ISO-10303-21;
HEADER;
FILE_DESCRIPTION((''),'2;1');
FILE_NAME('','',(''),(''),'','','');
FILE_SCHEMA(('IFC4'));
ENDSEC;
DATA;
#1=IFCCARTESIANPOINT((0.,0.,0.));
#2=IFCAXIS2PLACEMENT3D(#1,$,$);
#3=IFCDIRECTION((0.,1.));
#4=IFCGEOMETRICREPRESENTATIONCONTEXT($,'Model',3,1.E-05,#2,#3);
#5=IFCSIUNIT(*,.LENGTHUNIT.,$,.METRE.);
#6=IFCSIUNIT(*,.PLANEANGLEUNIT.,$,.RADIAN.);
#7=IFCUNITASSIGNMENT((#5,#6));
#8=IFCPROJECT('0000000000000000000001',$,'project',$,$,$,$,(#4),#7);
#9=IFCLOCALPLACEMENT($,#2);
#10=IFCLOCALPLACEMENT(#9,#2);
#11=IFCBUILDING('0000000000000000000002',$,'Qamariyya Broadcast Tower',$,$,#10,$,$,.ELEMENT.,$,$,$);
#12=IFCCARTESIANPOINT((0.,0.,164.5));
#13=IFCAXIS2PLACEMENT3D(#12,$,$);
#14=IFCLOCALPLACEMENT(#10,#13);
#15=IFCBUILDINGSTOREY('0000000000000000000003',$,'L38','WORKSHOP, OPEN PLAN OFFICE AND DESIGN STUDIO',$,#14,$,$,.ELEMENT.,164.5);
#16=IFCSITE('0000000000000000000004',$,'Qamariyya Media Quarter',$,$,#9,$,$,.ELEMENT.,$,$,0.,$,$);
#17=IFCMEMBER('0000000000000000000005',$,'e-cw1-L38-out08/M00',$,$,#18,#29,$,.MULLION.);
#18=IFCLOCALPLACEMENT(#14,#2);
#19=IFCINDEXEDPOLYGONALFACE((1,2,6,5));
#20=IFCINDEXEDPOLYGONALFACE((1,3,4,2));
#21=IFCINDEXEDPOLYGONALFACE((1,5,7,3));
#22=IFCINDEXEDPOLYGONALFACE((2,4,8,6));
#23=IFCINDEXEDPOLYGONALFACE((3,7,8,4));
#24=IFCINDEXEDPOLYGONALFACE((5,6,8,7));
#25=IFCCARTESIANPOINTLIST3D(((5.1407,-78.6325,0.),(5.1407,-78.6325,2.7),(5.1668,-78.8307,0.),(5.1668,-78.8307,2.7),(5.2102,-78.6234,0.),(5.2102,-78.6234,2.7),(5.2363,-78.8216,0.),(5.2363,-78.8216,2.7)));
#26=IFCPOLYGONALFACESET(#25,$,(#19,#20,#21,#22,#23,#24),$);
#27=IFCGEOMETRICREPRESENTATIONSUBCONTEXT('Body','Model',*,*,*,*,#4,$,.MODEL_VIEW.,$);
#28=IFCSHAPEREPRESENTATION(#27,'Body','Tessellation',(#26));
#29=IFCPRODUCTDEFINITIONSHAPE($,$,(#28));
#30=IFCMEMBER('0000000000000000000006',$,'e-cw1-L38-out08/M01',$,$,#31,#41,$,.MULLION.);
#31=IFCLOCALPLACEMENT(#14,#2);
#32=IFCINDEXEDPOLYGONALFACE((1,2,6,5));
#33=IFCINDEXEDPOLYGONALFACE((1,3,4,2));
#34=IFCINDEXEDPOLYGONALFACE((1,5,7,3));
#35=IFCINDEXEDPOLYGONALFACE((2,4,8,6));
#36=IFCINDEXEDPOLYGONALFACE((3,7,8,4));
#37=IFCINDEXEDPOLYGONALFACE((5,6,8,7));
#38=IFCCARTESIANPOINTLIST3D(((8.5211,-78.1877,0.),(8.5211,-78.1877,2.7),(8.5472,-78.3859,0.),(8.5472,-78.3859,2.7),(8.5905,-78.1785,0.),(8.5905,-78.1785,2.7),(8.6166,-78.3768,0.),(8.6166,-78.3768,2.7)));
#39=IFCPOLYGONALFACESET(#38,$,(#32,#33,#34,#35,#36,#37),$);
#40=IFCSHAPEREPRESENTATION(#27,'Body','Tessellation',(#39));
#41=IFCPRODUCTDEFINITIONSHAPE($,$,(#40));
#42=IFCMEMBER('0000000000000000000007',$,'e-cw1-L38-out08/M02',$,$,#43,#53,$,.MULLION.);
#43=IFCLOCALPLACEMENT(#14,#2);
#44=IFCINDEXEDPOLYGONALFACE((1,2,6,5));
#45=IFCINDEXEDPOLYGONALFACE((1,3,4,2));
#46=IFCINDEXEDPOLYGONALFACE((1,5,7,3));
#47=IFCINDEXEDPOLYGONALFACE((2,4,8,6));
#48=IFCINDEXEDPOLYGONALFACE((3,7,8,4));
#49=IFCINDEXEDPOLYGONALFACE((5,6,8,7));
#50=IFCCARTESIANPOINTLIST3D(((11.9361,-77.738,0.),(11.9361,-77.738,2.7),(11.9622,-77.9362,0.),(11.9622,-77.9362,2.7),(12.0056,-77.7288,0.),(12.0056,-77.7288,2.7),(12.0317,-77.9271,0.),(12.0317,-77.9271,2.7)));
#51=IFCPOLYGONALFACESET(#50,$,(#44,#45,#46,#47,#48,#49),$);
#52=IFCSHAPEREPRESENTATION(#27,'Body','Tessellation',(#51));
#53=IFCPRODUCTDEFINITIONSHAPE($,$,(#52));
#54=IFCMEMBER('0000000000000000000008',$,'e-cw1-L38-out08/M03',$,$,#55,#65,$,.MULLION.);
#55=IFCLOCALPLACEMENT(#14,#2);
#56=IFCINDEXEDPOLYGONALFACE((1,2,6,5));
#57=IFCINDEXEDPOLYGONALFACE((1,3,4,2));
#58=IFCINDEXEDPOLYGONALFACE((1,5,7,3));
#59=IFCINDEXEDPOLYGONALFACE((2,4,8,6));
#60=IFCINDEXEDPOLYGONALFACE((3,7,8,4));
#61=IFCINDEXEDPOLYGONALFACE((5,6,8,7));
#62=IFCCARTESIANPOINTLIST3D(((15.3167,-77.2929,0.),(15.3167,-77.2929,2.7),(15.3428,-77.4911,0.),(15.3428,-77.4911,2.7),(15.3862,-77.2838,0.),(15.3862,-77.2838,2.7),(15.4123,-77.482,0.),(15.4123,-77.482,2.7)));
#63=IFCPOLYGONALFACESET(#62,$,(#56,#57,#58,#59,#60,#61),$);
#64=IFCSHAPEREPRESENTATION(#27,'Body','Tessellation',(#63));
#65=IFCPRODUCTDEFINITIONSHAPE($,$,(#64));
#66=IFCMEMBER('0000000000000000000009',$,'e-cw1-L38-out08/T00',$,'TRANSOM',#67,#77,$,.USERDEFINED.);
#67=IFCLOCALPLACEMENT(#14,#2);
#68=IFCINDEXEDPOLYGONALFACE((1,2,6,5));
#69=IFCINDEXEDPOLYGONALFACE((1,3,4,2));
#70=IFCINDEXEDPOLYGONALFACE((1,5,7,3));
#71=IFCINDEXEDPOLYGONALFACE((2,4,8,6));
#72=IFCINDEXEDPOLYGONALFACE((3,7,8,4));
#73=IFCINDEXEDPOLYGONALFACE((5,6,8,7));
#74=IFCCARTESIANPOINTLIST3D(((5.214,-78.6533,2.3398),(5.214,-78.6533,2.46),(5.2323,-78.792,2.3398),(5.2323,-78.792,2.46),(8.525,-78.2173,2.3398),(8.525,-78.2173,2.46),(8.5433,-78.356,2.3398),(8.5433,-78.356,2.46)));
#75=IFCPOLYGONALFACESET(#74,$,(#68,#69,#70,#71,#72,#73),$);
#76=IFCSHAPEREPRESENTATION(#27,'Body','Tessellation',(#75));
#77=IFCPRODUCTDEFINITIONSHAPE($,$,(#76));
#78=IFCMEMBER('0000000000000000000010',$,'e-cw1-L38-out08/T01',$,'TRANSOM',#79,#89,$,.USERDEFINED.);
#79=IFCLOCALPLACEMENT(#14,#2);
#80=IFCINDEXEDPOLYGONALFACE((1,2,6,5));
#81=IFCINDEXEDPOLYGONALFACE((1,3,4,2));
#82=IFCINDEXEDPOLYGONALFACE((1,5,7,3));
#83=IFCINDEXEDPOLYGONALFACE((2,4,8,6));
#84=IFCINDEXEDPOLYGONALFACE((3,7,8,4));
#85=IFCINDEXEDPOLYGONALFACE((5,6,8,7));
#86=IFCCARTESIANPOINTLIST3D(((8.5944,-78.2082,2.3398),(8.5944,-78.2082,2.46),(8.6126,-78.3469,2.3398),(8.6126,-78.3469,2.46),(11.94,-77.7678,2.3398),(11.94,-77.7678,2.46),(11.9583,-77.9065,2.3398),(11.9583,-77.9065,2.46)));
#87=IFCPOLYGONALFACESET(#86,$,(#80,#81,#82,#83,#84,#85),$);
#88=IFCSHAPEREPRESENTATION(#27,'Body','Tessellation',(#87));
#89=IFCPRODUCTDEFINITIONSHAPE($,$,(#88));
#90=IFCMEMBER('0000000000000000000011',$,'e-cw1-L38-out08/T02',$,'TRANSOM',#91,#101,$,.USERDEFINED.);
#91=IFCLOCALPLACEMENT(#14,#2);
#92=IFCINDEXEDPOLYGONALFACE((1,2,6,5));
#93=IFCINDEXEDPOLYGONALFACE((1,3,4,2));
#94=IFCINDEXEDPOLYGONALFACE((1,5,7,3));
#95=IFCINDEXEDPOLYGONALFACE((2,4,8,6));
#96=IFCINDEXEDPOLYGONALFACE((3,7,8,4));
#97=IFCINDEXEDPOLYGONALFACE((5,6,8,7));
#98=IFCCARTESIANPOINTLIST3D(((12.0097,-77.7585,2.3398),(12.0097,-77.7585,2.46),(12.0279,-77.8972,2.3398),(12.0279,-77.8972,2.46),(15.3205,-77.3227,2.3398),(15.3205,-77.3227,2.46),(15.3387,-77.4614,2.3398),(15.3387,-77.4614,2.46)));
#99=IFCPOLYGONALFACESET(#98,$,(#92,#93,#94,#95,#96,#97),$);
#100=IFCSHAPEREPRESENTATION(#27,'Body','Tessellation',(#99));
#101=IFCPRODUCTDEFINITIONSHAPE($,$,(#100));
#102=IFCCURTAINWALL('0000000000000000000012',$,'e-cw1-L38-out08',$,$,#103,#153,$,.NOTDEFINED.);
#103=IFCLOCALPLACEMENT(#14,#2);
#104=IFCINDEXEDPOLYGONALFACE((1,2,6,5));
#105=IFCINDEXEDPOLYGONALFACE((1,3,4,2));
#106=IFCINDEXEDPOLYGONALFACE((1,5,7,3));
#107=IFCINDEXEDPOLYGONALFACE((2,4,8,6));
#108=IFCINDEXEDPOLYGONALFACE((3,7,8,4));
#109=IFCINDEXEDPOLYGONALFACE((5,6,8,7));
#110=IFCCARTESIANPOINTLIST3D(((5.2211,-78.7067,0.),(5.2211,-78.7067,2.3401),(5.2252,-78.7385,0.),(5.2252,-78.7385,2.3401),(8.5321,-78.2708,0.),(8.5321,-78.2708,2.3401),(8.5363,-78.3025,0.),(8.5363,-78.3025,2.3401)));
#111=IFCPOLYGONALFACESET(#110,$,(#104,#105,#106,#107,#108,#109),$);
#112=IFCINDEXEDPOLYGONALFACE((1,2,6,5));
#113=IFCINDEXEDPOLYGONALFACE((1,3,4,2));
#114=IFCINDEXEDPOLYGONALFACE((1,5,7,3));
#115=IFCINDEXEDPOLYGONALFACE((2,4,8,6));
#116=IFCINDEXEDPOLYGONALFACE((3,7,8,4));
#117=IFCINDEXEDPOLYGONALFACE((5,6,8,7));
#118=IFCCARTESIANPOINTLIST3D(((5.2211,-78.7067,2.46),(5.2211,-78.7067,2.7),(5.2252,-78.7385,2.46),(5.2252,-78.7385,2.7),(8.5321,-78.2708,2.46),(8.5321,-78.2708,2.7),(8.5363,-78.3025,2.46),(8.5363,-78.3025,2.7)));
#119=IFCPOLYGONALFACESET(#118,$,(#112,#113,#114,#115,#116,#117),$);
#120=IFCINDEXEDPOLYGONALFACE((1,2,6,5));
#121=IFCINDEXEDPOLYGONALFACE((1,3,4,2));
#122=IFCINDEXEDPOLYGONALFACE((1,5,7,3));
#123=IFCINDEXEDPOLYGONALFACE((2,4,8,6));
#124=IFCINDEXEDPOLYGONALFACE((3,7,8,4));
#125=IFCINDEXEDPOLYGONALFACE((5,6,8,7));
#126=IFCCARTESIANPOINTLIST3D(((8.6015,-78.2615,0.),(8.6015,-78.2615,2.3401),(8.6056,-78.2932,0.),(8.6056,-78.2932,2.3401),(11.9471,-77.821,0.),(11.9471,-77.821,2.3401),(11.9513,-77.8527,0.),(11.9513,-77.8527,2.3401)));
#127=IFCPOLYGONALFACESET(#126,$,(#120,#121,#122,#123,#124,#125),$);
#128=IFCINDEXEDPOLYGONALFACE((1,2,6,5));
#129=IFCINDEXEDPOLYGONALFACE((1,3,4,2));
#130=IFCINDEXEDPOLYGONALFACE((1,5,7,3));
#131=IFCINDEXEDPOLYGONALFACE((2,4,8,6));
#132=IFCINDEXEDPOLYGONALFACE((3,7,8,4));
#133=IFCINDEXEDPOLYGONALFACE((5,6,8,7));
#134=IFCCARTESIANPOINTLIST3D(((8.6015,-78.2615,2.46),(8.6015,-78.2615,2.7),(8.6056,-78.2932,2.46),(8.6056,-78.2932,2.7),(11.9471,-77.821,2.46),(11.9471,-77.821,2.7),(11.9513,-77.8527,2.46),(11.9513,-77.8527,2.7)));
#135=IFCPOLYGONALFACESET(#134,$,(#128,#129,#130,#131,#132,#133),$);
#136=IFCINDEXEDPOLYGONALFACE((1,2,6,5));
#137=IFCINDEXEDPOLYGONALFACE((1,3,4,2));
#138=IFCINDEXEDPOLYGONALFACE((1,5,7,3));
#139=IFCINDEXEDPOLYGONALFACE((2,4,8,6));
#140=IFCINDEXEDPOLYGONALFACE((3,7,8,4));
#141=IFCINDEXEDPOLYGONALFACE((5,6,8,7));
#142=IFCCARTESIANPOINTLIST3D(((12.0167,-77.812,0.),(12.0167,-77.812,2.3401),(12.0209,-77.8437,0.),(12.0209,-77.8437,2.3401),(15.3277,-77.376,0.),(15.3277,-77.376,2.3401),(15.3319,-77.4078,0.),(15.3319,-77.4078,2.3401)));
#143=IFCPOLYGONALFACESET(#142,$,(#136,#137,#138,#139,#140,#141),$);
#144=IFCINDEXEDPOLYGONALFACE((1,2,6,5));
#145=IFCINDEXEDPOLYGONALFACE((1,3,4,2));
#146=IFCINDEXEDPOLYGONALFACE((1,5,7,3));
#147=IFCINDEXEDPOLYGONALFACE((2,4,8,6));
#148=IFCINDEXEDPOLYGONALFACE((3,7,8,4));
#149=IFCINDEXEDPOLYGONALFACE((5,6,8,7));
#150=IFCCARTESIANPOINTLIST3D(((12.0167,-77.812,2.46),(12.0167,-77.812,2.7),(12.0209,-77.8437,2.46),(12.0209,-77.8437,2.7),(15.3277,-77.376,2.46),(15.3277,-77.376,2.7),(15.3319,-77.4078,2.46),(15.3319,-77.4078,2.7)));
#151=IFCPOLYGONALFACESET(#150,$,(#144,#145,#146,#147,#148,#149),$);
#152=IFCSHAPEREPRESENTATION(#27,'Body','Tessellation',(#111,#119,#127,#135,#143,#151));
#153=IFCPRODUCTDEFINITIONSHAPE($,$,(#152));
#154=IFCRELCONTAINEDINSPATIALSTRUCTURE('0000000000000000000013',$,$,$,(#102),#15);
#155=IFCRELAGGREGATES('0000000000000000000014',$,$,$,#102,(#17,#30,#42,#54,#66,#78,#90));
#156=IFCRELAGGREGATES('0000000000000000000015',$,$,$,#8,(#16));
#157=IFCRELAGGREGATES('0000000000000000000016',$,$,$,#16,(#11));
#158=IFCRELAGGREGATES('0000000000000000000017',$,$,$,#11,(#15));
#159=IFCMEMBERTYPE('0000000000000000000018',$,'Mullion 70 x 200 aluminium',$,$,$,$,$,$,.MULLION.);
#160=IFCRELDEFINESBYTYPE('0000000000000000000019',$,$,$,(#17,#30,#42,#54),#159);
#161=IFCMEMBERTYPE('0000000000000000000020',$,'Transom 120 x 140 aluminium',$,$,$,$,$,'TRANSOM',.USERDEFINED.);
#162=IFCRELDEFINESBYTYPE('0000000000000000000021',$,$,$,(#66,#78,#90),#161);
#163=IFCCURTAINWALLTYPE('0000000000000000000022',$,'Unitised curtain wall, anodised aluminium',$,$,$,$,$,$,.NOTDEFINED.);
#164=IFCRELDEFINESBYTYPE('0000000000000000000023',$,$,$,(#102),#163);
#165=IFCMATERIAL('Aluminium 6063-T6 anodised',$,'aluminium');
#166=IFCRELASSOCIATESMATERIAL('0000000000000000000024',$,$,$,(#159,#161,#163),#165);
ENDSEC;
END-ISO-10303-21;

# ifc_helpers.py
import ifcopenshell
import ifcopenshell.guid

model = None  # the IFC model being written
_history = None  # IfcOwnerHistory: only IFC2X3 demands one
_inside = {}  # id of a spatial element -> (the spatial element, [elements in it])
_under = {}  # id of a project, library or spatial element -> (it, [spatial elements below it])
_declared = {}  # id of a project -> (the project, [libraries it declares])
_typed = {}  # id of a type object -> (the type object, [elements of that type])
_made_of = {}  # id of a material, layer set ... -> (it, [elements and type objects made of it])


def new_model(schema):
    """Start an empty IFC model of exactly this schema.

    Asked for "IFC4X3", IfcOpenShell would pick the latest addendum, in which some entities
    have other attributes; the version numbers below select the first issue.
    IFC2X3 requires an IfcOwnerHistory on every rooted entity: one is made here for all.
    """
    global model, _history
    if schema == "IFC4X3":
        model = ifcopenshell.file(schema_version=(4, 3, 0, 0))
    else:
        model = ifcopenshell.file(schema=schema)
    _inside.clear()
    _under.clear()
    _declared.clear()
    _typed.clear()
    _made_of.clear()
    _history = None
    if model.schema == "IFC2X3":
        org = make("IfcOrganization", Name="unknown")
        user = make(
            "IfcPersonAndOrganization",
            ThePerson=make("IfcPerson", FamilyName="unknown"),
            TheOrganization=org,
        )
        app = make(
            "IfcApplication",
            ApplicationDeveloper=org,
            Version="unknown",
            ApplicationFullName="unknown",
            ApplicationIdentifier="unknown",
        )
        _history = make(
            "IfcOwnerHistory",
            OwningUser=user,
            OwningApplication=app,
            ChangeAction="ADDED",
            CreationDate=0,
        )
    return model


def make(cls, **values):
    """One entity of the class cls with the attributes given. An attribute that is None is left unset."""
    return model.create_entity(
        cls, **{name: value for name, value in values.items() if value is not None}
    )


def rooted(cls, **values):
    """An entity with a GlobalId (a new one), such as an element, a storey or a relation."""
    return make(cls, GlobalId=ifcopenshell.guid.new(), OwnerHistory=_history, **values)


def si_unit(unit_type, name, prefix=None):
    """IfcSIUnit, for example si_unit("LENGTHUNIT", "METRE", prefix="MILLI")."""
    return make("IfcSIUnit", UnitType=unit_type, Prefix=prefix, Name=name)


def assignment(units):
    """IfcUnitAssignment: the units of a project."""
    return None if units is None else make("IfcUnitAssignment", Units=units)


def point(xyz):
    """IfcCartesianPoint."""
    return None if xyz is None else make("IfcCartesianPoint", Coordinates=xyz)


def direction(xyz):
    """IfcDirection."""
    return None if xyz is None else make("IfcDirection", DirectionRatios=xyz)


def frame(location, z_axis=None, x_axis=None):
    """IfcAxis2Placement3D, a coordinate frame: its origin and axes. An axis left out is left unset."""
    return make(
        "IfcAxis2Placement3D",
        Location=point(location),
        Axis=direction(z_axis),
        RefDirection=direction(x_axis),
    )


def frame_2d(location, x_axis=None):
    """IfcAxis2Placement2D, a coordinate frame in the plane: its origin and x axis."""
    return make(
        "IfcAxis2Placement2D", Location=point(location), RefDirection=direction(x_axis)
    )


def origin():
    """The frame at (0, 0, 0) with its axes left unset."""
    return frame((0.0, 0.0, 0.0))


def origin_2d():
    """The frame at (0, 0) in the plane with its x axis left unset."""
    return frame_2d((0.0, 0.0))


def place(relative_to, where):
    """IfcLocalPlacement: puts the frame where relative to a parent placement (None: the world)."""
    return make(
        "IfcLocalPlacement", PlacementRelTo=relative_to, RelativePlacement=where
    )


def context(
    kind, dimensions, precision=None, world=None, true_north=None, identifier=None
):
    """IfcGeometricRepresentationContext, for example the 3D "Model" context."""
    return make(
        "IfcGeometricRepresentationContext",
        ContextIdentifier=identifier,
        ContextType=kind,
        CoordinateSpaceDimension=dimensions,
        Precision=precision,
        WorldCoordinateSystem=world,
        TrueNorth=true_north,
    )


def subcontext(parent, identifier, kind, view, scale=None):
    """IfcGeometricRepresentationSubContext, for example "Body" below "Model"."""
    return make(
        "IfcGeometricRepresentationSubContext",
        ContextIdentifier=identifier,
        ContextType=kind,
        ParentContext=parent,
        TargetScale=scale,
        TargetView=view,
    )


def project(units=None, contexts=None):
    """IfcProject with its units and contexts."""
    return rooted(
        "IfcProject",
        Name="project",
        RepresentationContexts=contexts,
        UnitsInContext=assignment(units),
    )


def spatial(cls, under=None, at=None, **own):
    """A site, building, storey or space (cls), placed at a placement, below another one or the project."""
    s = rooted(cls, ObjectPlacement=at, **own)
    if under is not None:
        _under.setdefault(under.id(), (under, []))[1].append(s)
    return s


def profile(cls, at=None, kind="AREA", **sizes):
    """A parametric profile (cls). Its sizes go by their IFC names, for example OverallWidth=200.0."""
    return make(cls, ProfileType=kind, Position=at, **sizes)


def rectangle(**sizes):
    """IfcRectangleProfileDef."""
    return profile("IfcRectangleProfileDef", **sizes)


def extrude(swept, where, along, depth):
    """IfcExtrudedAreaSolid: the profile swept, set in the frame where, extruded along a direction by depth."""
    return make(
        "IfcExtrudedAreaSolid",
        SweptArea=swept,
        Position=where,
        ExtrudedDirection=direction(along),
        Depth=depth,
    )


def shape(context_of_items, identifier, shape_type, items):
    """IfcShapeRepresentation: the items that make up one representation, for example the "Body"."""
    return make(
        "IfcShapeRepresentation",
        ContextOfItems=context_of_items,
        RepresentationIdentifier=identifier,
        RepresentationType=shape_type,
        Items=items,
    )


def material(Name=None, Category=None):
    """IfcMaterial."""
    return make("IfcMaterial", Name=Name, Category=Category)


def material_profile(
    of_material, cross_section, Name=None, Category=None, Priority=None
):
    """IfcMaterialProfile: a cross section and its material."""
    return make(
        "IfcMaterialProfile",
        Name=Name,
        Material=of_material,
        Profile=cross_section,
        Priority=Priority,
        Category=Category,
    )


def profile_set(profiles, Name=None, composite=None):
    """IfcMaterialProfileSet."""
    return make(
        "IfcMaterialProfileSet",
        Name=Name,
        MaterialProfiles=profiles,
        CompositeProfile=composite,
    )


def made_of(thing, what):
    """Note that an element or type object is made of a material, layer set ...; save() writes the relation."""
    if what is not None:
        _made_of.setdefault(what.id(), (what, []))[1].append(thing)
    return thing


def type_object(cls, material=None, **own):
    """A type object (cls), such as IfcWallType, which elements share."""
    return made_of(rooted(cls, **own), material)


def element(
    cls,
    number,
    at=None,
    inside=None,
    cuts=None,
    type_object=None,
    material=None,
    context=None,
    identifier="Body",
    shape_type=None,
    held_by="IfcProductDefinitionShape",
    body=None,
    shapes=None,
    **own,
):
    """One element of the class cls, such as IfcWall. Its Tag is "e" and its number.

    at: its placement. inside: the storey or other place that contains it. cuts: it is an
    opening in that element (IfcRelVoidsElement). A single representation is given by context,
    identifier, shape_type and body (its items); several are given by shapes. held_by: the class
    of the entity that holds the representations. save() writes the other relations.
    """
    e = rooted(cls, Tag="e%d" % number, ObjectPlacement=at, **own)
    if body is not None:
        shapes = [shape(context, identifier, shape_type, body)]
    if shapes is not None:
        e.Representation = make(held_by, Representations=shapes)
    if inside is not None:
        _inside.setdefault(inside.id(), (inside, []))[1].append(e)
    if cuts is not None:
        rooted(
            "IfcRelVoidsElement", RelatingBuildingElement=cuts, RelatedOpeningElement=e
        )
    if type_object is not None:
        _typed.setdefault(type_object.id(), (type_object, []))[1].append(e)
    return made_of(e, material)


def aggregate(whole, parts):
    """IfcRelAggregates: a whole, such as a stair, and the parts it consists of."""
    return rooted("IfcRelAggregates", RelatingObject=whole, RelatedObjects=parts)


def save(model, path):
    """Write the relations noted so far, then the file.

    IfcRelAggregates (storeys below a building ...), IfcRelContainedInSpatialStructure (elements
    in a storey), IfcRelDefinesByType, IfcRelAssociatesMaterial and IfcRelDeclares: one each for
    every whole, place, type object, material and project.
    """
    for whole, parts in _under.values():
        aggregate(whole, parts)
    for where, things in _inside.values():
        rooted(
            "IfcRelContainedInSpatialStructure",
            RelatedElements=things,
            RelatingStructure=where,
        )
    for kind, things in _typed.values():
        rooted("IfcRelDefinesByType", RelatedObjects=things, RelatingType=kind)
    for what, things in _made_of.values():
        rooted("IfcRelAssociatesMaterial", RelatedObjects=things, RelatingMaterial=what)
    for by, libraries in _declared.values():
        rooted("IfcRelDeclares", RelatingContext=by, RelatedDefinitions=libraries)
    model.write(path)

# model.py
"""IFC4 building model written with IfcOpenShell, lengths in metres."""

from ifc_helpers import new_model, si_unit, direction, frame, origin, origin_2d, place, context, subcontext, project, spatial, rectangle, extrude, material, material_profile, profile_set, type_object, element, aggregate, save


model = new_model("IFC4")

# Units and contexts
model_context = context("Model", 3, precision=1e-05, world=origin(), true_north=direction((0.0, 1.0)))
body_context = subcontext(model_context, "Body", "Model", "MODEL_VIEW")
ifc_project = project(units=[si_unit("LENGTHUNIT", "METRE"), si_unit("PLANEANGLEUNIT", "RADIAN")], contexts=[model_context])

# Members
ifc_material = material(Name="Aluminium 6063-T6 anodised", Category="aluminium")
ifc_material_profile_1 = material_profile(ifc_material, rectangle(XDim=0.2, YDim=0.0701, at=origin_2d()))
ifc_profile_set_1 = profile_set([ifc_material_profile_1], Name="Aluminium 6063-T6 anodised")
member_type_1 = type_object("IfcMemberType", Name="Mullion 70 x 200 aluminium", PredefinedType="MULLION", material=ifc_profile_set_1)
site_placement = place(None, origin())
building_placement = place(site_placement, origin())
storey_placement = place(building_placement, frame((0.0, 0.0, 164.5)))
member_1_placement = place(storey_placement, frame((5.1885, -78.7271, 0.0), z_axis=(0.0, 0.0, 1.0), x_axis=(-0.130526, 0.991445, 0.0)))
member_1 = element("IfcMember", 1, at=member_1_placement, type_object=member_type_1, Name="e-cw1-L38-out08/M00", PredefinedType="MULLION", context=body_context, shape_type="SweptSolid", body=[
    extrude(rectangle(XDim=0.2, YDim=0.0701, at=origin_2d()), origin(), (0.0, 0.0, 1.0), 2.7),
])
member_2_placement = place(storey_placement, frame((8.5688, -78.2822, 0.0), z_axis=(0.0, 0.0, 1.0), x_axis=(-0.130526, 0.991445, 0.0)))
member_2 = element("IfcMember", 2, at=member_2_placement, type_object=member_type_1, Name="e-cw1-L38-out08/M01", PredefinedType="MULLION", context=body_context, shape_type="SweptSolid", body=[
    extrude(rectangle(XDim=0.2, YDim=0.0701, at=origin_2d()), origin(), (0.0, 0.0, 1.0), 2.7),
])
member_3_placement = place(storey_placement, frame((11.9839, -77.8325, 0.0), z_axis=(0.0, 0.0, 1.0), x_axis=(-0.130526, 0.991445, 0.0)))
member_3 = element("IfcMember", 3, at=member_3_placement, type_object=member_type_1, Name="e-cw1-L38-out08/M02", PredefinedType="MULLION", context=body_context, shape_type="SweptSolid", body=[
    extrude(rectangle(XDim=0.2, YDim=0.0701, at=origin_2d()), origin(), (0.0, 0.0, 1.0), 2.7),
])
member_4_placement = place(storey_placement, frame((15.3645, -77.3875, 0.0), z_axis=(0.0, 0.0, 1.0), x_axis=(-0.130526, 0.991445, 0.0)))
member_4 = element("IfcMember", 4, at=member_4_placement, type_object=member_type_1, Name="e-cw1-L38-out08/M03", PredefinedType="MULLION", context=body_context, shape_type="SweptSolid", body=[
    extrude(rectangle(XDim=0.2, YDim=0.0701, at=origin_2d()), origin(), (0.0, 0.0, 1.0), 2.7),
])
ifc_material_profile_2 = material_profile(ifc_material, rectangle(XDim=0.1399, YDim=0.1201, at=origin_2d()))
ifc_profile_set_2 = profile_set([ifc_material_profile_2], Name="Aluminium 6063-T6 anodised")
member_type_2 = type_object("IfcMemberType", Name="Transom 120 x 140 aluminium", ElementType="TRANSOM", PredefinedType="USERDEFINED", material=ifc_profile_set_2)
member_5_placement = place(storey_placement, frame((5.2231, -78.7227, 2.3999), z_axis=(0.99144, 0.130564, 0.0), x_axis=(-0.130564, 0.99144, 0.0)))
member_5 = element("IfcMember", 5, at=member_5_placement, type_object=member_type_2, Name="e-cw1-L38-out08/T00", ObjectType="TRANSOM", PredefinedType="USERDEFINED", context=body_context, shape_type="SweptSolid", body=[
    extrude(rectangle(XDim=0.1399, YDim=0.1201, at=origin_2d()), origin(), (0.0, 0.0, 1.0), 3.3396),
])
member_6_placement = place(storey_placement, frame((8.6035, -78.2776, 2.3999), z_axis=(0.991446, 0.130514, 0.0), x_axis=(-0.130514, 0.991446, 0.0)))
member_6 = element("IfcMember", 6, at=member_6_placement, type_object=member_type_2, Name="e-cw1-L38-out08/T01", ObjectType="TRANSOM", PredefinedType="USERDEFINED", context=body_context, shape_type="SweptSolid", body=[
    extrude(rectangle(XDim=0.1399, YDim=0.1201, at=origin_2d()), origin(), (0.0, 0.0, 1.0), 3.3745),
])
member_7_placement = place(storey_placement, frame((12.0188, -77.8279, 2.3999), z_axis=(0.991448, 0.130502, 0.0), x_axis=(-0.130502, 0.991448, 0.0)))
member_7 = element("IfcMember", 7, at=member_7_placement, type_object=member_type_2, Name="e-cw1-L38-out08/T02", ObjectType="TRANSOM", PredefinedType="USERDEFINED", context=body_context, shape_type="SweptSolid", body=[
    extrude(rectangle(XDim=0.1399, YDim=0.1201, at=origin_2d()), origin(), (0.0, 0.0, 1.0), 3.3394),
])

# Site, building, storey
site = spatial("IfcSite", under=ifc_project, at=site_placement, Name="Qamariyya Media Quarter", CompositionType="ELEMENT", RefElevation=0.0)
building = spatial("IfcBuilding", under=site, at=building_placement, Name="Qamariyya Broadcast Tower", CompositionType="ELEMENT")
storey = spatial("IfcBuildingStorey", under=building, at=storey_placement, Name="L38", Description="WORKSHOP, OPEN PLAN OFFICE AND DESIGN STUDIO", CompositionType="ELEMENT", Elevation=164.5)

# Curtain wall
curtain_wall_type = type_object("IfcCurtainWallType", Name="Unitised curtain wall, anodised aluminium", PredefinedType="NOTDEFINED", material=ifc_material)
curtain_wall_1_placement = place(storey_placement, origin())
curtain_wall_1 = element("IfcCurtainWall", 8, at=curtain_wall_1_placement, inside=storey, type_object=curtain_wall_type, Name="e-cw1-L38-out08", PredefinedType="NOTDEFINED", context=body_context, shape_type="SweptSolid", body=[
    extrude(rectangle(XDim=3.3396, YDim=0.032, at=origin_2d()), frame((6.8787, -78.5046, 0.0), x_axis=(0.991444, 0.130531, 0.0)), (0.0, 0.0, 1.0), 2.3401),
    extrude(rectangle(XDim=3.3396, YDim=0.032, at=origin_2d()), frame((6.8787, -78.5046, 2.46), x_axis=(0.991444, 0.130531, 0.0)), (0.0, 0.0, 1.0), 0.24),
    extrude(rectangle(XDim=3.3745, YDim=0.032, at=origin_2d()), frame((10.2764, -78.0571, 0.0), x_axis=(0.991444, 0.130531, 0.0)), (0.0, 0.0, 1.0), 2.3401),
    extrude(rectangle(XDim=3.3745, YDim=0.032, at=origin_2d()), frame((10.2764, -78.0571, 2.46), x_axis=(0.991444, 0.130531, 0.0)), (0.0, 0.0, 1.0), 0.24),
    extrude(rectangle(XDim=3.3396, YDim=0.032, at=origin_2d()), frame((13.6743, -77.6099, 0.0), x_axis=(0.991444, 0.130531, 0.0)), (0.0, 0.0, 1.0), 2.3401),
    extrude(rectangle(XDim=3.3396, YDim=0.032, at=origin_2d()), frame((13.6743, -77.6099, 2.46), x_axis=(0.991444, 0.130531, 0.0)), (0.0, 0.0, 1.0), 0.24),
])
aggregate(curtain_wall_1, [member_1, member_2, member_3, member_4, member_5, member_6, member_7])

save(model, "model.ifc")
